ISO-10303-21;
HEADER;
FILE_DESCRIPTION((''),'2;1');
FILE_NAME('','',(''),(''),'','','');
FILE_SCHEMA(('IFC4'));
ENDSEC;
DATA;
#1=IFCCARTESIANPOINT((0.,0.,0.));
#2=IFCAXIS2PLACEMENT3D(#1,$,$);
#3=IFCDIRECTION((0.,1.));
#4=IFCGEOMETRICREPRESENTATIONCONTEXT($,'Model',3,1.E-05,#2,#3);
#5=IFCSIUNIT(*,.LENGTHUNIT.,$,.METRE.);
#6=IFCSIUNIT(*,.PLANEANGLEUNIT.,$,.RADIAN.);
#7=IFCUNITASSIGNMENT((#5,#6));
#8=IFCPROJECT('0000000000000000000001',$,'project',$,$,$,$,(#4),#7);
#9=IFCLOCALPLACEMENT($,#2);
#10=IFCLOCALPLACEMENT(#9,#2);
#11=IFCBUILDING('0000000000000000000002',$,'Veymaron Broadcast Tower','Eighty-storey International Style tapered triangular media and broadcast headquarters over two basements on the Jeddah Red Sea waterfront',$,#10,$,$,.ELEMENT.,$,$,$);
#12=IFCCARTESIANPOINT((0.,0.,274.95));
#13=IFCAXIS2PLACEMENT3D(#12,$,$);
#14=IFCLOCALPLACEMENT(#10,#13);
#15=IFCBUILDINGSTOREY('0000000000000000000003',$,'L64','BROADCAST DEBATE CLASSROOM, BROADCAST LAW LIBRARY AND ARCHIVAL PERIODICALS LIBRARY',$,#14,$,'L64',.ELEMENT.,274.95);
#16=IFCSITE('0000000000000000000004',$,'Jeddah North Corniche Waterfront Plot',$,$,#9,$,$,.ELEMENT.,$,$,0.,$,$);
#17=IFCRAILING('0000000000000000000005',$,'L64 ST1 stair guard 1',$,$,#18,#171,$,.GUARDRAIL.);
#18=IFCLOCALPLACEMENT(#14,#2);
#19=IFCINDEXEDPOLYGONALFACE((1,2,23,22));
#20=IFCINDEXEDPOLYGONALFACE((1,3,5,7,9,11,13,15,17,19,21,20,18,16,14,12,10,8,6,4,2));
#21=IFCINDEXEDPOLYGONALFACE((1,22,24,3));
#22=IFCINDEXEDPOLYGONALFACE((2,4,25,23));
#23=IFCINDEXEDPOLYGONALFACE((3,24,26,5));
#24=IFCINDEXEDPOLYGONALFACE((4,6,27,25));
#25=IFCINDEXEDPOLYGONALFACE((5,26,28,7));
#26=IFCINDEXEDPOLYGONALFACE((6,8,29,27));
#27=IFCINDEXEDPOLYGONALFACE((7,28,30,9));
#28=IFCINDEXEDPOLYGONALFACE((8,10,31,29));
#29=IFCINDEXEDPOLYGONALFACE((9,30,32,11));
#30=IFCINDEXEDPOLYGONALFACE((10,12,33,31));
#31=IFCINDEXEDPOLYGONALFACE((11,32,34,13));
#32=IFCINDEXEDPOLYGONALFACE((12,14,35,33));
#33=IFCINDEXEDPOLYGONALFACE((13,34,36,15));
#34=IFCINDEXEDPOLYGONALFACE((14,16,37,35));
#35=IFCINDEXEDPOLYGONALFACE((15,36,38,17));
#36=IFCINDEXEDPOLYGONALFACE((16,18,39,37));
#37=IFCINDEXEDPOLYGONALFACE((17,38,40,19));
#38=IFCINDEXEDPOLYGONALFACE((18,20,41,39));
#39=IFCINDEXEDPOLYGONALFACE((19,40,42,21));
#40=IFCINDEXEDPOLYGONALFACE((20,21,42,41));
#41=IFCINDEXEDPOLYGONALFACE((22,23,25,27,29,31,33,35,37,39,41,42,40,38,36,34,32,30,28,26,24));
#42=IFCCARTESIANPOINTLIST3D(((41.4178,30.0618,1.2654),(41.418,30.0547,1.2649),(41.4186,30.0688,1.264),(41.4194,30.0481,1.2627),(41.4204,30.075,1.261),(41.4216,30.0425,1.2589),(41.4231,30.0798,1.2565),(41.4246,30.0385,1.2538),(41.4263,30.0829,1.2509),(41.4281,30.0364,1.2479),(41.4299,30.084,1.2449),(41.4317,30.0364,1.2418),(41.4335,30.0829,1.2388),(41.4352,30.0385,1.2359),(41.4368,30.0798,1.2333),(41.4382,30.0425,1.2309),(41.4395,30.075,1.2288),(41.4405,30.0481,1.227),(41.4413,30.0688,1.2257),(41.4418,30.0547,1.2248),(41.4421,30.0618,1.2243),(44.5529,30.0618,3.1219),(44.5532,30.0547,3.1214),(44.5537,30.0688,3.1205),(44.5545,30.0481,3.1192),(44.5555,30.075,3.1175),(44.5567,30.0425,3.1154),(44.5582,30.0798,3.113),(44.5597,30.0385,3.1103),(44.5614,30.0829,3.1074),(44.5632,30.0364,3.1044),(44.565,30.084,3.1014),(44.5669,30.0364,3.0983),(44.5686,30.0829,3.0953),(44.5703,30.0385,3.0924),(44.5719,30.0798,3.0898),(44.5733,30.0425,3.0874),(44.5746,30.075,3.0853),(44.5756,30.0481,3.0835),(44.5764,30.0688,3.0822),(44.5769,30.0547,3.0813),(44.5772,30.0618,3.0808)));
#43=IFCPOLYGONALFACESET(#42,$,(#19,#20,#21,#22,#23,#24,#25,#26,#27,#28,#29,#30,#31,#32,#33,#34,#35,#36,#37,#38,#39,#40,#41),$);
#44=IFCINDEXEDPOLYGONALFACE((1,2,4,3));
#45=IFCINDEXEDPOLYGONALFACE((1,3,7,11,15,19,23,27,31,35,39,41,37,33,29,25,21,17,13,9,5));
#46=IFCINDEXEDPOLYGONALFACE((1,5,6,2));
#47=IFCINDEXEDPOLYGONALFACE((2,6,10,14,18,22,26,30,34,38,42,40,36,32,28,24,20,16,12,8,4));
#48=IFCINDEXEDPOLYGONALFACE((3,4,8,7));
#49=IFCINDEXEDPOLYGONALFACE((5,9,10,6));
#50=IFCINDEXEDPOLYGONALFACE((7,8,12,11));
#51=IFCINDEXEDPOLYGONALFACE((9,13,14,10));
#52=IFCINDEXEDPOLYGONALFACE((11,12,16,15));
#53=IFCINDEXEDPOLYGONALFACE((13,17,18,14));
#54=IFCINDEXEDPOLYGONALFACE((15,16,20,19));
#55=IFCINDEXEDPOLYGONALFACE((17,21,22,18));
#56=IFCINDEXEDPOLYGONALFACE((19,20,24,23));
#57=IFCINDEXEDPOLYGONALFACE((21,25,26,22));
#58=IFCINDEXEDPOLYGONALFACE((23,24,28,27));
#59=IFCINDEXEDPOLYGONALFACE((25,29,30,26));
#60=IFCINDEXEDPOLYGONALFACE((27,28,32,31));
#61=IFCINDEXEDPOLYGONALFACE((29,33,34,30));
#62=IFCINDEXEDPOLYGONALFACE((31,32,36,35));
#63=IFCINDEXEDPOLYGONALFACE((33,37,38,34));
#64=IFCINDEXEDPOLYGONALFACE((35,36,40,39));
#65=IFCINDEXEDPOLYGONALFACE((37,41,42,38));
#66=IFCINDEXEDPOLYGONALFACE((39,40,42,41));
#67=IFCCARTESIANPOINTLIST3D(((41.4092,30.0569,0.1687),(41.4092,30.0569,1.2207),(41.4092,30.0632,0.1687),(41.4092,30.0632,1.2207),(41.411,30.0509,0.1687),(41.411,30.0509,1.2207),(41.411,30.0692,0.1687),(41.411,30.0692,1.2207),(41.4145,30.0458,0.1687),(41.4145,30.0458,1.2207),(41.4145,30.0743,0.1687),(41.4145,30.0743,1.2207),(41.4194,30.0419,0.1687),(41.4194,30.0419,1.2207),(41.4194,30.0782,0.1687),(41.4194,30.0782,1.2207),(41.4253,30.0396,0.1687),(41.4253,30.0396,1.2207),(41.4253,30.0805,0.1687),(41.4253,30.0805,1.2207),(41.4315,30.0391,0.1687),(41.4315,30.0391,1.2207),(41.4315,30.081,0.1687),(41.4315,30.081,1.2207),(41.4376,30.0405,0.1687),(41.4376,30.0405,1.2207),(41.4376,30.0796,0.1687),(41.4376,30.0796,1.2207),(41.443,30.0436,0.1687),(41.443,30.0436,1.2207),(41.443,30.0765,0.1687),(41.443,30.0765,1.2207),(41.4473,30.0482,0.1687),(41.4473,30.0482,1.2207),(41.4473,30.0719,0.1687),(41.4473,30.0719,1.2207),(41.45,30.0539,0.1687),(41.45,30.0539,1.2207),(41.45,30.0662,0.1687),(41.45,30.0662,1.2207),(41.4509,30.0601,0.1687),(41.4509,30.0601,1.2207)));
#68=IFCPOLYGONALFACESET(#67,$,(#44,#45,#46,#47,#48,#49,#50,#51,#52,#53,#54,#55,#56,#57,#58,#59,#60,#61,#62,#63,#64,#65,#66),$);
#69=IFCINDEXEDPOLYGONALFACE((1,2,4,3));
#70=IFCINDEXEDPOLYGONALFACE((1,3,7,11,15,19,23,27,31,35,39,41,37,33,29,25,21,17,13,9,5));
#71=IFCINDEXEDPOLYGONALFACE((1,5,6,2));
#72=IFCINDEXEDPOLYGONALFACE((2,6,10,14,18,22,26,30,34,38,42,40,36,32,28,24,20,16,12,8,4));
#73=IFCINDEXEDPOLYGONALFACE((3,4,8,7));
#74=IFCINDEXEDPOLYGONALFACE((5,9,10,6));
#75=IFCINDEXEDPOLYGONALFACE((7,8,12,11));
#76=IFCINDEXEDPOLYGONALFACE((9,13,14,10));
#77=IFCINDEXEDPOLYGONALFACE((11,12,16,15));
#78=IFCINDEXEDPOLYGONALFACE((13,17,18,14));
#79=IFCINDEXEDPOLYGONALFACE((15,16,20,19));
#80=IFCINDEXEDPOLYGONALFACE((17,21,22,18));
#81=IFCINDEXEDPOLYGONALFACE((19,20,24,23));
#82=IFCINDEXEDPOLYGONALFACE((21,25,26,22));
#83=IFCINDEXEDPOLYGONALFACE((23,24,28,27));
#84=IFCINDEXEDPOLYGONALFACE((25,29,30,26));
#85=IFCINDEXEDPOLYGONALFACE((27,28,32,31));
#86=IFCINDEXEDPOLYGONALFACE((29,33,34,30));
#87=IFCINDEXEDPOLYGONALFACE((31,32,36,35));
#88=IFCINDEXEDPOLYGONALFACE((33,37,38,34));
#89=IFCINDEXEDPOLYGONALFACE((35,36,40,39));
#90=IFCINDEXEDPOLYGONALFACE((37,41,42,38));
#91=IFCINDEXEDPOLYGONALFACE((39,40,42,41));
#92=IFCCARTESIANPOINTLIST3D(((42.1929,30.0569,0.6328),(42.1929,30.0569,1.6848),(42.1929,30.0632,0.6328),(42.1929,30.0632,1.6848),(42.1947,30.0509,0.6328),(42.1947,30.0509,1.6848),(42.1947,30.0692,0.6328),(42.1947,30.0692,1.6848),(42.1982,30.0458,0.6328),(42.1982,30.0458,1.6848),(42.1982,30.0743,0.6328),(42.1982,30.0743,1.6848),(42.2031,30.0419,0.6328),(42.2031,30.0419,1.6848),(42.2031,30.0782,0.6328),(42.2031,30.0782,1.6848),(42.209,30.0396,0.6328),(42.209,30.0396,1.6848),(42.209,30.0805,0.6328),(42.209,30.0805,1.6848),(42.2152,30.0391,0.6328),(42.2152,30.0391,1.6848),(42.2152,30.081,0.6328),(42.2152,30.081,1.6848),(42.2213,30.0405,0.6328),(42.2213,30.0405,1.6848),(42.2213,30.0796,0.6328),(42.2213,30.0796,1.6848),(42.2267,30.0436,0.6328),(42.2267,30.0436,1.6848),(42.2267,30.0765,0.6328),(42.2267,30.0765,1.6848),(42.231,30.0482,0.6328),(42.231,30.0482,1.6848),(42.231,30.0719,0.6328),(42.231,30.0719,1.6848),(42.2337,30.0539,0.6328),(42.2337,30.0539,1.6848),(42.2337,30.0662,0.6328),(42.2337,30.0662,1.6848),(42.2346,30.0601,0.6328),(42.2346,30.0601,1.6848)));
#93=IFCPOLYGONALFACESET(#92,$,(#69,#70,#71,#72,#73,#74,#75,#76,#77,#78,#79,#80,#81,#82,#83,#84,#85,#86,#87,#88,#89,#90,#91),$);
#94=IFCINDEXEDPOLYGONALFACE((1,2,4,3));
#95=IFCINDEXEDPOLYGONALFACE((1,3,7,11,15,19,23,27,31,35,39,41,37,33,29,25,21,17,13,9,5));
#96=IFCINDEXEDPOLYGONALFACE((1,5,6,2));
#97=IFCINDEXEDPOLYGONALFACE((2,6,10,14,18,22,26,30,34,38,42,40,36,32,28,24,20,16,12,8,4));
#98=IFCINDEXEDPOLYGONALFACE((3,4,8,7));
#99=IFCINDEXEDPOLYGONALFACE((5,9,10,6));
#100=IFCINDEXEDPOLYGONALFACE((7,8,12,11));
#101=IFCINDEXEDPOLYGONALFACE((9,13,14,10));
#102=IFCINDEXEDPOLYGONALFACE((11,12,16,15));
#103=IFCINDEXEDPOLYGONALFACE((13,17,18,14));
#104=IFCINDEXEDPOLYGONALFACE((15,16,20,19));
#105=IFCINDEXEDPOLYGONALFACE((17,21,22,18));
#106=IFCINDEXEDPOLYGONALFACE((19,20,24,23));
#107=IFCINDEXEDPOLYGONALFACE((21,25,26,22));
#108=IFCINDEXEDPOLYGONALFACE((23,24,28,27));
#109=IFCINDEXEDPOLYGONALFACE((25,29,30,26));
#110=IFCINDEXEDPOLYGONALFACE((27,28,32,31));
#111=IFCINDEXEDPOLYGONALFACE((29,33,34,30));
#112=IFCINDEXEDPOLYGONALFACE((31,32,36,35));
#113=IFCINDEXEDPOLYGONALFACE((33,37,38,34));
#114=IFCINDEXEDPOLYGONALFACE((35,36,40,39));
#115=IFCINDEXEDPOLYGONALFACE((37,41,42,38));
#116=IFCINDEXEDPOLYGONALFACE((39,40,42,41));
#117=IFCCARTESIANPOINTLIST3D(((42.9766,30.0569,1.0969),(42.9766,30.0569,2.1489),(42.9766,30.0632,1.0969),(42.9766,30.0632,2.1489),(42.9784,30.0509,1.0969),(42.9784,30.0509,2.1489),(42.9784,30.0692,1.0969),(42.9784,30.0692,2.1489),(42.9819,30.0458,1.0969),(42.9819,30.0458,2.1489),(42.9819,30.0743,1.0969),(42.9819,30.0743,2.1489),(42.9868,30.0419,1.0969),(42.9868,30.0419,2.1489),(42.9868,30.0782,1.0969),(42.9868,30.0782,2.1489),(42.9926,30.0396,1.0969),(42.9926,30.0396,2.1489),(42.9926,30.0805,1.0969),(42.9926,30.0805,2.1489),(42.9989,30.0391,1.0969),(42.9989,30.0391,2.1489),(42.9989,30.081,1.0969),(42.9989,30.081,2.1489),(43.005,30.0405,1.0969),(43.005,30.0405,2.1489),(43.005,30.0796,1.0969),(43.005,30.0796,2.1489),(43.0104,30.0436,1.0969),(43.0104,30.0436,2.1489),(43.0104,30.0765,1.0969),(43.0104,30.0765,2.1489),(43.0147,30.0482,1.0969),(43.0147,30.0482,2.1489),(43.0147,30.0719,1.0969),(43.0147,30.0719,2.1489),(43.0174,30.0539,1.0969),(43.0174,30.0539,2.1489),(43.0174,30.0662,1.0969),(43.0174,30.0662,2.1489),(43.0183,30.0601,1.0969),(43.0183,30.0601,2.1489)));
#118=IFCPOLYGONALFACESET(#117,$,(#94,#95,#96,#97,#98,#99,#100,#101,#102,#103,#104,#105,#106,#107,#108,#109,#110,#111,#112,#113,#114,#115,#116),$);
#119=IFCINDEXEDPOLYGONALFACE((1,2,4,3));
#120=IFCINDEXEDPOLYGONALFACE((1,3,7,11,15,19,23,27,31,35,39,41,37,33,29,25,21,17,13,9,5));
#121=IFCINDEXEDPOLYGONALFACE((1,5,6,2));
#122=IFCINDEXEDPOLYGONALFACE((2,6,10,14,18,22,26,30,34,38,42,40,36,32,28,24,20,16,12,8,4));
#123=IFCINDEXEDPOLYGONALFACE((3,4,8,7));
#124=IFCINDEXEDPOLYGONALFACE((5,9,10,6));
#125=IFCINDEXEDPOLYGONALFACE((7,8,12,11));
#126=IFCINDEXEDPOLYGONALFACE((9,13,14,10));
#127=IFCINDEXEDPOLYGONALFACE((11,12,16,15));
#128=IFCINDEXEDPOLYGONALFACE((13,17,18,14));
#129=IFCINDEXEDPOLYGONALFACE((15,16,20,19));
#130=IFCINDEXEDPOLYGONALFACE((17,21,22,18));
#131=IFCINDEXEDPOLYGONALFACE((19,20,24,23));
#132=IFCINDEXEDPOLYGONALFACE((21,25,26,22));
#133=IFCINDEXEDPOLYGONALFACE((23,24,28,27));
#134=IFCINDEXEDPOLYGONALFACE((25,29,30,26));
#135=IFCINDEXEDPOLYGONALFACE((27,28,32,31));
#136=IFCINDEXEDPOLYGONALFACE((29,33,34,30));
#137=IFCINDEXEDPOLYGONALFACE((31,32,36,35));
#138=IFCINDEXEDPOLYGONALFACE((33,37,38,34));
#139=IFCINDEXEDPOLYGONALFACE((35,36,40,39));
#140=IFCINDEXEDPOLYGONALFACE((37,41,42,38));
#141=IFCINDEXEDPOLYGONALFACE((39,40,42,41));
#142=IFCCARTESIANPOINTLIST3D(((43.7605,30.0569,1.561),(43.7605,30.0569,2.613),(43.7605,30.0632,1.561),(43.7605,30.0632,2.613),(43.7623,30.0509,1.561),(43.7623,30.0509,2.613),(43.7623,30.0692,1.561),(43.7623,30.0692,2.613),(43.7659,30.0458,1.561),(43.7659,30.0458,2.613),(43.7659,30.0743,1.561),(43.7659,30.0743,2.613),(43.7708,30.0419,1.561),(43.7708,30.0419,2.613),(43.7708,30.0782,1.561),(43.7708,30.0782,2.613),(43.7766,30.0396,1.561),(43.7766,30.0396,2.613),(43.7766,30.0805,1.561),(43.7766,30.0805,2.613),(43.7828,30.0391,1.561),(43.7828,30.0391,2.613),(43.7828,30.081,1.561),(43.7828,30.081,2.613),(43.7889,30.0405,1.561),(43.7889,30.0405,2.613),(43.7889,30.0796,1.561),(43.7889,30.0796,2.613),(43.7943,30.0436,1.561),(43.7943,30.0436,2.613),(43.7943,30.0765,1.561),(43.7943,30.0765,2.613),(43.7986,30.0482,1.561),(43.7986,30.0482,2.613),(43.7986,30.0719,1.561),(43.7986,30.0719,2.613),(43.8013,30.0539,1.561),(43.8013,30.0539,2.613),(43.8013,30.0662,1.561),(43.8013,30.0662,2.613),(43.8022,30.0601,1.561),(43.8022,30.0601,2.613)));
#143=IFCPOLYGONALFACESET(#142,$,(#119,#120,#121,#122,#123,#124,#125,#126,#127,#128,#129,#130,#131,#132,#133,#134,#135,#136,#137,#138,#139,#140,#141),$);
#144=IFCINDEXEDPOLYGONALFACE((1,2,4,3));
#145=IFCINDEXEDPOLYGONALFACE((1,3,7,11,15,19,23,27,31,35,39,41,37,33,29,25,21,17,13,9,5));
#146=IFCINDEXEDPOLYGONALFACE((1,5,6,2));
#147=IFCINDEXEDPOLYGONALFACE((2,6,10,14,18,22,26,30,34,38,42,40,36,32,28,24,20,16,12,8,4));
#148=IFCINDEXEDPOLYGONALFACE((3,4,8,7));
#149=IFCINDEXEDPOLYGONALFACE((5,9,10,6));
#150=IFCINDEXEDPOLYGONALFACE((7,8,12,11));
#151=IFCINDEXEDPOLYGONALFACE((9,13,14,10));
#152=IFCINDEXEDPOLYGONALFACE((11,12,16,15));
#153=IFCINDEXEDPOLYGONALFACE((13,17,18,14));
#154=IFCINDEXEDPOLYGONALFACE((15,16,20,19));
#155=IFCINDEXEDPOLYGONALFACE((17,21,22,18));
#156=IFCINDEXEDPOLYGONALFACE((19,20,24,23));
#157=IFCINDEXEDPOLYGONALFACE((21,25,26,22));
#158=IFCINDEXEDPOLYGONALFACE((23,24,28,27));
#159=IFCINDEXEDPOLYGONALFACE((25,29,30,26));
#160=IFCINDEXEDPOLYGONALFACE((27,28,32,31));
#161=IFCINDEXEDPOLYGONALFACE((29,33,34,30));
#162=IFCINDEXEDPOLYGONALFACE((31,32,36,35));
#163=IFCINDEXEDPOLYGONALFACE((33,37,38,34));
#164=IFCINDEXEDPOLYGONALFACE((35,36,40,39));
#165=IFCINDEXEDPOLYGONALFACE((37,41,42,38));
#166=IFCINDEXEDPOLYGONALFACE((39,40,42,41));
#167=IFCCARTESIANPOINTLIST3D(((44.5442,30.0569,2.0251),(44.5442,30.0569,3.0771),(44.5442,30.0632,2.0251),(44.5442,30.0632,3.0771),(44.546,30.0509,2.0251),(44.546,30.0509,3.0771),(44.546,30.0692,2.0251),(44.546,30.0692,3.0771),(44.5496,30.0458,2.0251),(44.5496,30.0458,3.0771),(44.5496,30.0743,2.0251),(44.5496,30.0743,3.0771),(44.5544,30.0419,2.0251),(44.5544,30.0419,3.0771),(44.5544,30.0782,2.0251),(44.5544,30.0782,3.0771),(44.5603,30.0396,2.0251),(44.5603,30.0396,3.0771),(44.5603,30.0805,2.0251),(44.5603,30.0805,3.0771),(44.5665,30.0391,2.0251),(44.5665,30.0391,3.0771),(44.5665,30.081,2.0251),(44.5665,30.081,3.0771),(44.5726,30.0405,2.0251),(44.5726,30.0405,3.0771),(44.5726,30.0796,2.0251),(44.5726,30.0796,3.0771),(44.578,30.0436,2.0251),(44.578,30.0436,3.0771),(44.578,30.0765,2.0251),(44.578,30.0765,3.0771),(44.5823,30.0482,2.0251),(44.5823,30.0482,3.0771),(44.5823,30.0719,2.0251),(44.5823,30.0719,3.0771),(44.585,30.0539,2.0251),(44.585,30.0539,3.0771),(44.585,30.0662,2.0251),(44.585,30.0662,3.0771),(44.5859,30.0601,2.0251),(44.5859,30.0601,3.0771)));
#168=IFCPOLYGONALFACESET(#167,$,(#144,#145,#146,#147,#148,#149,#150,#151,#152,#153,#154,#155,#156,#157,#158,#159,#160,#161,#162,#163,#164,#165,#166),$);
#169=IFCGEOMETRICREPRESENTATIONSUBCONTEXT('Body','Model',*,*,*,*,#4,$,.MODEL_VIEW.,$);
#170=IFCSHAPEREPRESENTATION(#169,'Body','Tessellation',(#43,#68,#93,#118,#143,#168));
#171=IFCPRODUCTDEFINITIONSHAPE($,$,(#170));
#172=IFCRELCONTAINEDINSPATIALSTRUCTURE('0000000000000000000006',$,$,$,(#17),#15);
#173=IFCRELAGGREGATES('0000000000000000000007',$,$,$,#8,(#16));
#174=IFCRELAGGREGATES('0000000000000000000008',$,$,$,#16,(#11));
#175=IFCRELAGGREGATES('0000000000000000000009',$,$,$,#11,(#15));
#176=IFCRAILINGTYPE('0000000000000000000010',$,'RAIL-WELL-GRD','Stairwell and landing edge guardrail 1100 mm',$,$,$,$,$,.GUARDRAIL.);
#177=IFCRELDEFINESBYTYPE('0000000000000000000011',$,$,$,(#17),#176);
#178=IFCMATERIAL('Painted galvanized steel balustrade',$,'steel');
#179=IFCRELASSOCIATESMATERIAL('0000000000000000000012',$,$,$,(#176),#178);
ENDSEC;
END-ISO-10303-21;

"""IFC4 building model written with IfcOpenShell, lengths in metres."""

from ifc_helpers import new_model, si_unit, direction, frame, origin, origin_2d, place, context, subcontext, project, spatial, circle, extrude, material, type_object, element, save


model = new_model("IFC4")

# Units and contexts
model_context = context("Model", 3, precision=1e-05, world=origin(), true_north=direction((0.0, 1.0)))
body_context = subcontext(model_context, "Body", "Model", "MODEL_VIEW")
ifc_project = project(units=[si_unit("LENGTHUNIT", "METRE"), si_unit("PLANEANGLEUNIT", "RADIAN")], contexts=[model_context])

# Site, building, storey
site_placement = place(None, origin())
site = spatial("IfcSite", under=ifc_project, at=site_placement, Name="Jeddah North Corniche Waterfront Plot", CompositionType="ELEMENT", RefElevation=0.0)
building_placement = place(site_placement, origin())
building = spatial("IfcBuilding", under=site, at=building_placement, Name="Veymaron Broadcast Tower", Description="Eighty-storey International Style tapered triangular media and broadcast headquarters over two basements on the Jeddah Red Sea waterfront", CompositionType="ELEMENT")
storey_placement = place(building_placement, frame((0.0, 0.0, 274.95)))
storey = spatial("IfcBuildingStorey", under=building, at=storey_placement, Name="L64", Description="BROADCAST DEBATE CLASSROOM, BROADCAST LAW LIBRARY AND ARCHIVAL PERIODICALS LIBRARY", LongName="L64", CompositionType="ELEMENT", Elevation=274.95)

# Railing
ifc_material_1 = material(Name="Painted galvanized steel balustrade", Category="steel")
railing_type_1 = type_object("IfcRailingType", Name="RAIL-WELL-GRD", Description="Stairwell and landing edge guardrail 1100 mm", PredefinedType="GUARDRAIL", material=ifc_material_1)
railing_1_placement = place(storey_placement, frame((41.4299, 30.0601, 0.1687)))
element("IfcRailing", 1, at=railing_1_placement, inside=storey, type_object=railing_type_1, Name="L64 ST1 stair guard 1", PredefinedType="GUARDRAIL", context=body_context, shape_type="SweptSolid", body=[
    extrude(circle(Radius=0.0239, at=origin_2d()), frame((0.0, 0.0, 1.0762), z_axis=(0.860453, 0.0, 0.509531), x_axis=(0.0, 1.0, 0.0)), (0.0, 0.0, 1.0), 3.6436),
    extrude(circle(Radius=0.021, at=origin_2d()), origin(), (0.0, 0.0, 1.0), 1.052),
    extrude(circle(Radius=0.021, at=origin_2d()), frame((0.7837, 0.0, 0.4641)), (0.0, 0.0, 1.0), 1.052),
    extrude(circle(Radius=0.021, at=origin_2d()), frame((1.5674, 0.0, 0.9282)), (0.0, 0.0, 1.0), 1.052),
    extrude(circle(Radius=0.021, at=origin_2d()), frame((2.3513, 0.0, 1.3923)), (0.0, 0.0, 1.0), 1.052),
    extrude(circle(Radius=0.021, at=origin_2d()), frame((3.135, 0.0, 1.8564)), (0.0, 0.0, 1.0), 1.052),
])

save(model, "model.ifc")
